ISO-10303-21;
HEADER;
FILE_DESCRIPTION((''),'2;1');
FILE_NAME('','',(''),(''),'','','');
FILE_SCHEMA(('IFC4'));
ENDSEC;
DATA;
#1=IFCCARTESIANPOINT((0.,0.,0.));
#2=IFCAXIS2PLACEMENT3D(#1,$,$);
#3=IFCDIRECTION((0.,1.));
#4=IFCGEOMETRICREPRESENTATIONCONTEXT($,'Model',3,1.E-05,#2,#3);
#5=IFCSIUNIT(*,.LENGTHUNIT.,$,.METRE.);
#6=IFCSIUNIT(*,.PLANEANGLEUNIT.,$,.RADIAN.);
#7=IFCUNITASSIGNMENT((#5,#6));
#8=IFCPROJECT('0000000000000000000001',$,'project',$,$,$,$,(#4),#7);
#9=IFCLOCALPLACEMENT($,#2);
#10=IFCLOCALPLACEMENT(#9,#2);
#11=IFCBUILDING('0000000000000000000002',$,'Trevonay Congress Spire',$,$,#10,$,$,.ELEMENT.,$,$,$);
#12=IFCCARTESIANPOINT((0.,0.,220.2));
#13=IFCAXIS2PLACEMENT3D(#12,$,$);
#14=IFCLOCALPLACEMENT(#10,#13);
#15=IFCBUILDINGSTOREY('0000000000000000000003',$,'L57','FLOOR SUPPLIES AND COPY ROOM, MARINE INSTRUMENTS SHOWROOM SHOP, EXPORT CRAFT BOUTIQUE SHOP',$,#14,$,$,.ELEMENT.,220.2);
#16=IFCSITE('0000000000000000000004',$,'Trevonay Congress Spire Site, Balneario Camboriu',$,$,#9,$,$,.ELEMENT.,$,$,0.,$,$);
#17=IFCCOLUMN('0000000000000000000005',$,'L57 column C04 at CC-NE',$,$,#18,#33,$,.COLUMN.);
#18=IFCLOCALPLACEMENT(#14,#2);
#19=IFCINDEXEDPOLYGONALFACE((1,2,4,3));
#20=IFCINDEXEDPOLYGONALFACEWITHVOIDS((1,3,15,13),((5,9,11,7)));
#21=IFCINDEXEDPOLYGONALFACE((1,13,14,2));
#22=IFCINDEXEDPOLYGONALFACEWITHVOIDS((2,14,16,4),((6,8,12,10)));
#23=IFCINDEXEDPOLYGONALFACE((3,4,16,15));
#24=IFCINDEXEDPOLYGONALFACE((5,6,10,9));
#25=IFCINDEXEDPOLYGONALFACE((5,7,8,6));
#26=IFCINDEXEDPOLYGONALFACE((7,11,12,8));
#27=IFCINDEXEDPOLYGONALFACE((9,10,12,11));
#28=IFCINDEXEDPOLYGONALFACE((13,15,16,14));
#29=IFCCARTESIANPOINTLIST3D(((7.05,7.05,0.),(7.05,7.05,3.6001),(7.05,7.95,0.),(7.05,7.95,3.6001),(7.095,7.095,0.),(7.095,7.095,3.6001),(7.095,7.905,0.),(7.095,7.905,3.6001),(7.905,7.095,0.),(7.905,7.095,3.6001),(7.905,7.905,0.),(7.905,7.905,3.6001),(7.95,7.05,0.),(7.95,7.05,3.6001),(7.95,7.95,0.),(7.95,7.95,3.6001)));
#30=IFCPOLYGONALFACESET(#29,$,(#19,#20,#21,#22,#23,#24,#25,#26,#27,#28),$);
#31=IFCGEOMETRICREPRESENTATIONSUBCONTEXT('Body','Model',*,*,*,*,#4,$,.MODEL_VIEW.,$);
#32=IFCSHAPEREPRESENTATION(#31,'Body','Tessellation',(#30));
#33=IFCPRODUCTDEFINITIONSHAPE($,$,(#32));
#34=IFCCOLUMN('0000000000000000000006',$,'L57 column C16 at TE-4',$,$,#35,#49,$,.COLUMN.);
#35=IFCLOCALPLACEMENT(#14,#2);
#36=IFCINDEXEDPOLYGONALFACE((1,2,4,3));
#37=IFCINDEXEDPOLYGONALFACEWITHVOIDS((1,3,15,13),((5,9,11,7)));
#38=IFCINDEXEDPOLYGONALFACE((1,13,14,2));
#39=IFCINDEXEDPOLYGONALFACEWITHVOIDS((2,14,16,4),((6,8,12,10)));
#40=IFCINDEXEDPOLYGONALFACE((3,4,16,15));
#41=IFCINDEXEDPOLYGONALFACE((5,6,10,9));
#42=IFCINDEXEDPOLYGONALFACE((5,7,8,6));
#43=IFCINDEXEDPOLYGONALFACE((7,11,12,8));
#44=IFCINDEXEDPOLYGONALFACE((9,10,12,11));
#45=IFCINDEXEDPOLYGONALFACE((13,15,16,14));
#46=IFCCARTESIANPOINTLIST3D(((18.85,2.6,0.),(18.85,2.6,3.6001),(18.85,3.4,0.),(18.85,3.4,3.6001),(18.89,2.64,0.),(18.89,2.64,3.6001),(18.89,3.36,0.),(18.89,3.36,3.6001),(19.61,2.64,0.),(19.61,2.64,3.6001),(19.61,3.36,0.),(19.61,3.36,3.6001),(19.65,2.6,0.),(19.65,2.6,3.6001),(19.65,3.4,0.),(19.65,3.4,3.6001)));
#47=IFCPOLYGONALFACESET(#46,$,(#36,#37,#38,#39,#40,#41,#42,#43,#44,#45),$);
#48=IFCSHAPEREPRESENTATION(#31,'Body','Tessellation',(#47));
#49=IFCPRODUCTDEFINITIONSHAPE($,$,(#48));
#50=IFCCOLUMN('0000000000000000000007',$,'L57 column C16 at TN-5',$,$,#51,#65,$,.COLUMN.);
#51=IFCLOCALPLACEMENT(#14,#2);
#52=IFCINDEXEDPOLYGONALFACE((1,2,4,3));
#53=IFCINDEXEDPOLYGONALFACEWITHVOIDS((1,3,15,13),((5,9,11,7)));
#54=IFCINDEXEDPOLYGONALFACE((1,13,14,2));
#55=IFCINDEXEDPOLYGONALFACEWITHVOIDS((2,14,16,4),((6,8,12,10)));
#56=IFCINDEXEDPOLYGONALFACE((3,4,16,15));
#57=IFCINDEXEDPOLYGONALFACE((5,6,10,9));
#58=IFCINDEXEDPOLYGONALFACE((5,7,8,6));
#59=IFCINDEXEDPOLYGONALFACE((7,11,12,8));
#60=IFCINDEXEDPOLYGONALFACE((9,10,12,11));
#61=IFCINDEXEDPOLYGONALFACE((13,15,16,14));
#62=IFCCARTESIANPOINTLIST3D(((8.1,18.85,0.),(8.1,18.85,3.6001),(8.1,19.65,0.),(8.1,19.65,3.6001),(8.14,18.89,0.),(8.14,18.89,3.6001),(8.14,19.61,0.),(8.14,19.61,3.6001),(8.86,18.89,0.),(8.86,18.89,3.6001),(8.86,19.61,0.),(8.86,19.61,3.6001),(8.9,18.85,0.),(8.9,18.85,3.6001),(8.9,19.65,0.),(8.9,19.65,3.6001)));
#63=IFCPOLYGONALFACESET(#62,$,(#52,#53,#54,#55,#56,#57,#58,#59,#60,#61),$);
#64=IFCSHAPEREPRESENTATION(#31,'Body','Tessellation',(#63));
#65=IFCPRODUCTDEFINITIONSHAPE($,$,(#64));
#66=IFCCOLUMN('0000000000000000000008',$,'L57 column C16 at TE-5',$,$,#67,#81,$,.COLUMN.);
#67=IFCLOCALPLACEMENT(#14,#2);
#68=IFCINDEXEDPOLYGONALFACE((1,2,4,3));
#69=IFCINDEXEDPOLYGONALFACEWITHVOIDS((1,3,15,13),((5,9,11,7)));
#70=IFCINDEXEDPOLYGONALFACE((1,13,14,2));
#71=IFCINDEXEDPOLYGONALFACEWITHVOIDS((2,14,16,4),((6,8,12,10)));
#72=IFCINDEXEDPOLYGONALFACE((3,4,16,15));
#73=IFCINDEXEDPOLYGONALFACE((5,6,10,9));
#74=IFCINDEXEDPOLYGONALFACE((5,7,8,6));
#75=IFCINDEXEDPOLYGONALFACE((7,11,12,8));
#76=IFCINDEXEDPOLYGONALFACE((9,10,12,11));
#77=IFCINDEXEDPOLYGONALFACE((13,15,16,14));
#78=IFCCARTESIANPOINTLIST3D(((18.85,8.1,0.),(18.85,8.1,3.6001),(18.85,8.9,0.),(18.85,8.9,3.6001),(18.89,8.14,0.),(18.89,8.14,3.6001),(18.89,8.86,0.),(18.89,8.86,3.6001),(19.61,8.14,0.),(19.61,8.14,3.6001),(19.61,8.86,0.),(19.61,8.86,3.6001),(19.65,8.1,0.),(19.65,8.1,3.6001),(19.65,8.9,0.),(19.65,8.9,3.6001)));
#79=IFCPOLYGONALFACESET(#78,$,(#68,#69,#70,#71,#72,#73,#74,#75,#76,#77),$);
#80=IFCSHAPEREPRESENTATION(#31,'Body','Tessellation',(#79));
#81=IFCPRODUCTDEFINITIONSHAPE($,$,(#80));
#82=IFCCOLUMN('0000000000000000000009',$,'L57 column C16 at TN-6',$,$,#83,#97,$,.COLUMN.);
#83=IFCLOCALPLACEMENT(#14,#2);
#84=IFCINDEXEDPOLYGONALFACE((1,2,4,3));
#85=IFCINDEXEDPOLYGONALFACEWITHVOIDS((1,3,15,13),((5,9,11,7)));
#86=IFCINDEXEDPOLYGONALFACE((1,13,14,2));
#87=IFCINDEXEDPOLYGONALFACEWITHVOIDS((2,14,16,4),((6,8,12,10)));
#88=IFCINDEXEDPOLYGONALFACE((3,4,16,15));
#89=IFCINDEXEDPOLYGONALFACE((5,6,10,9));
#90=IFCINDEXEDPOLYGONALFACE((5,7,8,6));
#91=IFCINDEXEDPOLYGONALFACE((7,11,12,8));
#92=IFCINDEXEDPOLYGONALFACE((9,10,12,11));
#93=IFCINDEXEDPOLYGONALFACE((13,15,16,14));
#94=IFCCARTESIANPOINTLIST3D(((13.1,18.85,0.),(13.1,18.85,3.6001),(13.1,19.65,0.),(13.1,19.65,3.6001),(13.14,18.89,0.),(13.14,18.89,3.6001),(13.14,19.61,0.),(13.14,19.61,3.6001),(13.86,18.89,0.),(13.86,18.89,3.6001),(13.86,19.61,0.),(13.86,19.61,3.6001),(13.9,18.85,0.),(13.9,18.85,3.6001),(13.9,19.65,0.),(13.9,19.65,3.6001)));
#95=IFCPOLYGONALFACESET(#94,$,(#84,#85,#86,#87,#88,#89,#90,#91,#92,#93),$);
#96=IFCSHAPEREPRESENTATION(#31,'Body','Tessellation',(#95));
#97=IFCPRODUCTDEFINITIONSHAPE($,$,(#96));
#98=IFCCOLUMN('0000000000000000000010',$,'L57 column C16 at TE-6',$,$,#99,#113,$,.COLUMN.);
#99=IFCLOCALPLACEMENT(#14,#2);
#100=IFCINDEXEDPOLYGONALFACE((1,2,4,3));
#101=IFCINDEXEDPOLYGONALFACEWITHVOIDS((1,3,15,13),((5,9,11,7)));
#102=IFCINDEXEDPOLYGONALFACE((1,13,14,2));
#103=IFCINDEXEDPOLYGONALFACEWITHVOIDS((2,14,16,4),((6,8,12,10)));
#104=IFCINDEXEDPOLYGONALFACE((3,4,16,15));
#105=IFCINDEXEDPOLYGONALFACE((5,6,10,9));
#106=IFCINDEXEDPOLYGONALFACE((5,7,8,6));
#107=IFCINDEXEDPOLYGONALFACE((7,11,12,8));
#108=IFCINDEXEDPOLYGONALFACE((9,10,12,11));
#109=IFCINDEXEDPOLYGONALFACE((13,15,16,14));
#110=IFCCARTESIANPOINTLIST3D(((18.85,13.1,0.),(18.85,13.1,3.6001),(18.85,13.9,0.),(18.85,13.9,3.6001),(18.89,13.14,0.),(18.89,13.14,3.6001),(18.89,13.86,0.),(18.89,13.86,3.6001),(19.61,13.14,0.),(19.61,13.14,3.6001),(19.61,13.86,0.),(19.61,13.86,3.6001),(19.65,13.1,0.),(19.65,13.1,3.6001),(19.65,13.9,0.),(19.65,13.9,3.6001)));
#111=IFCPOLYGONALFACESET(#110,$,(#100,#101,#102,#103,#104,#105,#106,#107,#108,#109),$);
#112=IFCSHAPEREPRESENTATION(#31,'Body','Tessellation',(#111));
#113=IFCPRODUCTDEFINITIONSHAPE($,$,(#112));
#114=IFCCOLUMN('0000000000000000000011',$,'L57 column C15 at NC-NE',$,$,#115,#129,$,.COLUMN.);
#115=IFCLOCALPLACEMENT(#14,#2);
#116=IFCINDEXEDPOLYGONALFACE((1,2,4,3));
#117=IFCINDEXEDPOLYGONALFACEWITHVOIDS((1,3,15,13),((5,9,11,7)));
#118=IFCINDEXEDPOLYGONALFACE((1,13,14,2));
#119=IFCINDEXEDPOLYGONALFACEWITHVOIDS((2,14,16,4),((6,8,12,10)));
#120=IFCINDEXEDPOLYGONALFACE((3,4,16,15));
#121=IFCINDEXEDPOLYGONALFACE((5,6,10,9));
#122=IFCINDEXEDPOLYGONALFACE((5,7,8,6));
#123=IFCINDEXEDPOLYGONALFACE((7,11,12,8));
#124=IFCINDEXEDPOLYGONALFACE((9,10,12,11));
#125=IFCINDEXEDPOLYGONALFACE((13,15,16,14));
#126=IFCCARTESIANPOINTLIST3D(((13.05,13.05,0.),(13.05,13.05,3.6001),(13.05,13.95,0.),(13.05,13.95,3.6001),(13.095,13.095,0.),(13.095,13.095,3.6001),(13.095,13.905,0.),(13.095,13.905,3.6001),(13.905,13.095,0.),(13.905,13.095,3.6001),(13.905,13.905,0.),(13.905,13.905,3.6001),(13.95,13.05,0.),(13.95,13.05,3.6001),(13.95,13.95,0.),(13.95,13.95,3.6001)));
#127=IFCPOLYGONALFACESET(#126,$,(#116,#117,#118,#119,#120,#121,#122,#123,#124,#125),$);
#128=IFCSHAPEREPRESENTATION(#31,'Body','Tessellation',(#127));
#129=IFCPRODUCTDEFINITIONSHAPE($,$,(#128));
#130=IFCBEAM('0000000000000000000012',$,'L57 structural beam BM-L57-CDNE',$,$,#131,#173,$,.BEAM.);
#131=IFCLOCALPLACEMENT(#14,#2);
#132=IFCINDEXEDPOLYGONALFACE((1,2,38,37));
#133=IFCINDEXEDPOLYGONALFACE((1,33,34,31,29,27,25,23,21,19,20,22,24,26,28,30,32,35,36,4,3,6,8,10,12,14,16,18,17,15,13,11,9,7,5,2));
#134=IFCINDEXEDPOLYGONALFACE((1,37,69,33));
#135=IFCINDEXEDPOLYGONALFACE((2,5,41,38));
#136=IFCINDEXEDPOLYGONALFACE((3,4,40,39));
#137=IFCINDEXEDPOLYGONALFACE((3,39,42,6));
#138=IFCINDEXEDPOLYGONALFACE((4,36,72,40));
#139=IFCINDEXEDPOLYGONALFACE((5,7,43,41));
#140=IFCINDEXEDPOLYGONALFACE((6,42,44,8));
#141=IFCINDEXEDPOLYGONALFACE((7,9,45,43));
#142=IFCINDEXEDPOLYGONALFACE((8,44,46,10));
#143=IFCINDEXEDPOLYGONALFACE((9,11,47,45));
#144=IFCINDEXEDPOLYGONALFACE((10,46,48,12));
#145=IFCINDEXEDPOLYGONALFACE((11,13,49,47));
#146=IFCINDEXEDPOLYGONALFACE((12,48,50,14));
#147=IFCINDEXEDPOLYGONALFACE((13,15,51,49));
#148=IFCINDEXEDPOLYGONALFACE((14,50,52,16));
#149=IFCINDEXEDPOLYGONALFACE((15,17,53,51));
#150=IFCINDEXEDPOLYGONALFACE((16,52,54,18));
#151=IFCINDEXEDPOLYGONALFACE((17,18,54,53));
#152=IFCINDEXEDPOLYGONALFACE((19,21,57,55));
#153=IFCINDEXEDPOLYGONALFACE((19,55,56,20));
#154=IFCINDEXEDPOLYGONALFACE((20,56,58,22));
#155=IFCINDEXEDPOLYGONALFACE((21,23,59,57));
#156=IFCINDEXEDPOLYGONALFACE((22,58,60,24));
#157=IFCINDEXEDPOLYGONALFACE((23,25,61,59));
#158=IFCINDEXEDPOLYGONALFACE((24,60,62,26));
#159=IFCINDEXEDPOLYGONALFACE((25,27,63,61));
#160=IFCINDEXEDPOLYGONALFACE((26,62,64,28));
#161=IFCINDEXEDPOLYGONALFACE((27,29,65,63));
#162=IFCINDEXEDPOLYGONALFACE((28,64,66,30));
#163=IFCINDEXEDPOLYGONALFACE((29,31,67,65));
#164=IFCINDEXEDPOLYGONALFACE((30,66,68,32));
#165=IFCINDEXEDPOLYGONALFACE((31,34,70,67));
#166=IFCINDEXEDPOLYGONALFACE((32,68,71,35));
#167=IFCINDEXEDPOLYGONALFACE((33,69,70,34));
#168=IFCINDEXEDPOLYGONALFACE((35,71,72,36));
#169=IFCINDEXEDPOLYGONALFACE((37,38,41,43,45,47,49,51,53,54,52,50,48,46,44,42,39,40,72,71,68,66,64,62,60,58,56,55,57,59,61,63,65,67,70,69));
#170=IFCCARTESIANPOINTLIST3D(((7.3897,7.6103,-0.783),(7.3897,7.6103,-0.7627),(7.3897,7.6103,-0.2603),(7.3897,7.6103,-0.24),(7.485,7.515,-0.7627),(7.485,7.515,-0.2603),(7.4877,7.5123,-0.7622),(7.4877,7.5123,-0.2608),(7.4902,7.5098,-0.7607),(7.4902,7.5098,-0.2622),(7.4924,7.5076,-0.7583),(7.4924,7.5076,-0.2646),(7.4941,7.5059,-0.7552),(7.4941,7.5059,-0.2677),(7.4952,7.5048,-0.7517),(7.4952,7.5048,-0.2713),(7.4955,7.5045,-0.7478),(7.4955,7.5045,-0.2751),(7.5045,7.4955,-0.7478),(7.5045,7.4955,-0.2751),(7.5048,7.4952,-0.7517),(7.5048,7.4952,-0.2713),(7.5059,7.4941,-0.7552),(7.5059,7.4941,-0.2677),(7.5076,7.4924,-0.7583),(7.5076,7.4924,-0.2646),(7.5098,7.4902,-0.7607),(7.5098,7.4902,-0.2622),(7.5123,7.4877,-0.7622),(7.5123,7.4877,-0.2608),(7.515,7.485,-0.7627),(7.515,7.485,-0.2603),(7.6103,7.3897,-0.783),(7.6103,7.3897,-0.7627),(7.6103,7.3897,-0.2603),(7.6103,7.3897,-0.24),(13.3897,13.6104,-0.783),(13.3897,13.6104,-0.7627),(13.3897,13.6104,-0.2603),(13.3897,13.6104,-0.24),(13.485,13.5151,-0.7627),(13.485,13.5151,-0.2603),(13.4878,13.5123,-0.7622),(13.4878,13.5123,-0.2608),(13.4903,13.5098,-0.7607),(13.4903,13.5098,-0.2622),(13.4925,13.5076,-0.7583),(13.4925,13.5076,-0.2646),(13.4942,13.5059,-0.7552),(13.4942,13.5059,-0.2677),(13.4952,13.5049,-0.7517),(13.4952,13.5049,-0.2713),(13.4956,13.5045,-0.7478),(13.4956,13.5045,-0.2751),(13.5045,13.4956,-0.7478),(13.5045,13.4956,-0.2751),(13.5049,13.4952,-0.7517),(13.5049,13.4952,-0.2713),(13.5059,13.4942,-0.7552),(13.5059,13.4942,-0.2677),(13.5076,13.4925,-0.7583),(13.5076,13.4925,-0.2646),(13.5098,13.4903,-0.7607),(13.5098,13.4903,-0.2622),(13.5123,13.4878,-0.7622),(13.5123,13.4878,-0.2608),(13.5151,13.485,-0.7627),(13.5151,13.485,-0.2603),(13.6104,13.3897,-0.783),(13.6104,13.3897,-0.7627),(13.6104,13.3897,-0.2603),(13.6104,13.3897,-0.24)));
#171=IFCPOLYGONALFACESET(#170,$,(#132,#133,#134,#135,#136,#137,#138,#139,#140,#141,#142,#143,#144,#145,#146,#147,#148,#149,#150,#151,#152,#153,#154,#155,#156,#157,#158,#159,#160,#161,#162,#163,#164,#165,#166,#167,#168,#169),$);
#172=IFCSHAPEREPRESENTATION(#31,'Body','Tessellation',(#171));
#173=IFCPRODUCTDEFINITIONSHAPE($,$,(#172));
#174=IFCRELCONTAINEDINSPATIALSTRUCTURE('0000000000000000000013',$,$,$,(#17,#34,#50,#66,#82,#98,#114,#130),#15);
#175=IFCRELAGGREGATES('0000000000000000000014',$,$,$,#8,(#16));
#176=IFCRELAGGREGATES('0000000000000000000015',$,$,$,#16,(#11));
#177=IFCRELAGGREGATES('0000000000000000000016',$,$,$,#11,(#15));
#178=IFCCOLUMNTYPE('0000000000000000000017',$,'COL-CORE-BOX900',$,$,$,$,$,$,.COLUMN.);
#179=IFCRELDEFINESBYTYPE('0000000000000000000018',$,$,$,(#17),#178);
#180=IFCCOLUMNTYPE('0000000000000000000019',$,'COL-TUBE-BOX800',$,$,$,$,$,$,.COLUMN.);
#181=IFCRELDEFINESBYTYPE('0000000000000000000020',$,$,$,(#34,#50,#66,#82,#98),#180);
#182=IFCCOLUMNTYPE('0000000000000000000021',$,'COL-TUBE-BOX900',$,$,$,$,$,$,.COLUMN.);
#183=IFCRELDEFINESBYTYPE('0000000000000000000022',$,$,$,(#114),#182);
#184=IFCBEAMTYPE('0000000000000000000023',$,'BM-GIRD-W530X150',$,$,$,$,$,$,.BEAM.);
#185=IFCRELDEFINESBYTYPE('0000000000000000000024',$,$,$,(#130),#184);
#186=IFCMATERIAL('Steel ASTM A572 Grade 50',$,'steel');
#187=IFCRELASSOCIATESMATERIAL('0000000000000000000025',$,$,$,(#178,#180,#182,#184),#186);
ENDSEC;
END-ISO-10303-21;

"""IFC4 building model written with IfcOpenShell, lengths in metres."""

from ifc_helpers import new_model, si_unit, direction, frame, origin, origin_2d, place, context, subcontext, project, spatial, hollow_rectangle, i_section, extrude, material, material_profile, profile_set, type_object, element, save


model = new_model("IFC4")

# Units and contexts
model_context = context("Model", 3, precision=1e-05, world=origin(), true_north=direction((0.0, 1.0)))
body_context = subcontext(model_context, "Body", "Model", "MODEL_VIEW")
ifc_project = project(units=[si_unit("LENGTHUNIT", "METRE"), si_unit("PLANEANGLEUNIT", "RADIAN")], contexts=[model_context])

# Site, building, storey
site_placement = place(None, origin())
site = spatial("IfcSite", under=ifc_project, at=site_placement, Name="Trevonay Congress Spire Site, Balneario Camboriu", CompositionType="ELEMENT", RefElevation=0.0)
building_placement = place(site_placement, origin())
building = spatial("IfcBuilding", under=site, at=building_placement, Name="Trevonay Congress Spire", CompositionType="ELEMENT")
storey_placement = place(building_placement, frame((0.0, 0.0, 220.2)))
storey = spatial("IfcBuildingStorey", under=building, at=storey_placement, Name="L57", Description="FLOOR SUPPLIES AND COPY ROOM, MARINE INSTRUMENTS SHOWROOM SHOP, EXPORT CRAFT BOUTIQUE SHOP", CompositionType="ELEMENT", Elevation=220.2)

# Columns
ifc_material_1 = material(Name="Steel ASTM A572 Grade 50", Category="steel")
ifc_material_profile_1 = material_profile(ifc_material_1, hollow_rectangle(XDim=0.8999, YDim=0.8999, WallThickness=0.0449, at=origin_2d()), Name="BOX 900x900x45")
ifc_profile_set_1 = profile_set([ifc_material_profile_1], Name="Steel ASTM A572 Grade 50")
column_type_1 = type_object("IfcColumnType", Name="COL-CORE-BOX900", PredefinedType="COLUMN", material=ifc_profile_set_1)
column_1_placement = place(storey_placement, frame((7.5, 7.5, 0.0), z_axis=(0.0, 0.0, 1.0), x_axis=(1.0, 0.0, 0.0)))
element("IfcColumn", 1, at=column_1_placement, inside=storey, type_object=column_type_1, Name="L57 column C04 at CC-NE", PredefinedType="COLUMN", context=body_context, shape_type="SweptSolid", body=[
    extrude(hollow_rectangle(XDim=0.8999, YDim=0.8999, WallThickness=0.0449, at=origin_2d()), origin(), (0.0, 0.0, 1.0), 3.6001),
])
ifc_material_profile_2 = material_profile(ifc_material_1, hollow_rectangle(XDim=0.8, YDim=0.8, WallThickness=0.04, at=origin_2d()), Name="BOX 800x800x40")
ifc_profile_set_2 = profile_set([ifc_material_profile_2], Name="Steel ASTM A572 Grade 50")
column_type_2 = type_object("IfcColumnType", Name="COL-TUBE-BOX800", PredefinedType="COLUMN", material=ifc_profile_set_2)
for number, where, z_axis, x_axis, name in (
    (2, (19.25, 3.0, 0.0), (0.0, 0.0, 1.0), (1.0, 0.0, 0.0), "L57 column C16 at TE-4"),
    (3, (8.5, 19.25, 0.0), (0.0, 0.0, 1.0), (1.0, 0.0, 0.0), "L57 column C16 at TN-5"),
    (4, (19.25, 8.5, 0.0), (0.0, 0.0, 1.0), (1.0, 0.0, 0.0), "L57 column C16 at TE-5"),
    (5, (13.5, 19.25, 0.0), (0.0, 0.0, 1.0), (1.0, 0.0, 0.0), "L57 column C16 at TN-6"),
    (6, (19.25, 13.5, 0.0), (0.0, 0.0, 1.0), (1.0, 0.0, 0.0), "L57 column C16 at TE-6"),
):
    element("IfcColumn", number, at=place(storey_placement, frame(where, z_axis=z_axis, x_axis=x_axis)), inside=storey, type_object=column_type_2, Name=name, PredefinedType="COLUMN", context=body_context, shape_type="SweptSolid", body=[
        extrude(hollow_rectangle(XDim=0.8, YDim=0.8, WallThickness=0.04, at=origin_2d()), origin(), (0.0, 0.0, 1.0), 3.6001),
    ])
ifc_material_profile_3 = material_profile(ifc_material_1, hollow_rectangle(XDim=0.8999, YDim=0.8999, WallThickness=0.0449, at=origin_2d()), Name="BOX 900x900x45")
ifc_profile_set_3 = profile_set([ifc_material_profile_3], Name="Steel ASTM A572 Grade 50")
column_type_3 = type_object("IfcColumnType", Name="COL-TUBE-BOX900", PredefinedType="COLUMN", material=ifc_profile_set_3)
column_2_placement = place(storey_placement, frame((13.5, 13.5, 0.0), z_axis=(0.0, 0.0, 1.0), x_axis=(1.0, 0.0, 0.0)))
element("IfcColumn", 7, at=column_2_placement, inside=storey, type_object=column_type_3, Name="L57 column C15 at NC-NE", PredefinedType="COLUMN", context=body_context, shape_type="SweptSolid", body=[
    extrude(hollow_rectangle(XDim=0.8999, YDim=0.8999, WallThickness=0.0449, at=origin_2d()), origin(), (0.0, 0.0, 1.0), 3.6001),
])

# Beam
ifc_material_profile_4 = material_profile(ifc_material_1, i_section(OverallWidth=0.312, OverallDepth=0.543, WebThickness=0.0127, FlangeThickness=0.0203, FilletRadius=0.0149, at=origin_2d()), Name="W530x150")
ifc_profile_set_4 = profile_set([ifc_material_profile_4], Name="Steel ASTM A572 Grade 50")
beam_type_1 = type_object("IfcBeamType", Name="BM-GIRD-W530X150", PredefinedType="BEAM", material=ifc_profile_set_4)
beam_1_placement = place(storey_placement, frame((7.5, 7.5, -0.5115), z_axis=(0.707107, 0.707107, 0.0), x_axis=(-0.707107, 0.707107, 0.0)))
element("IfcBeam", 8, at=beam_1_placement, inside=storey, type_object=beam_type_1, Name="L57 structural beam BM-L57-CDNE", PredefinedType="BEAM", context=body_context, shape_type="SweptSolid", body=[
    extrude(i_section(OverallWidth=0.312, OverallDepth=0.543, WebThickness=0.0127, FlangeThickness=0.0203, FilletRadius=0.0149, at=origin_2d()), origin(), (0.0, 0.0, 1.0), 8.4854),
])

save(model, "model.ifc")
